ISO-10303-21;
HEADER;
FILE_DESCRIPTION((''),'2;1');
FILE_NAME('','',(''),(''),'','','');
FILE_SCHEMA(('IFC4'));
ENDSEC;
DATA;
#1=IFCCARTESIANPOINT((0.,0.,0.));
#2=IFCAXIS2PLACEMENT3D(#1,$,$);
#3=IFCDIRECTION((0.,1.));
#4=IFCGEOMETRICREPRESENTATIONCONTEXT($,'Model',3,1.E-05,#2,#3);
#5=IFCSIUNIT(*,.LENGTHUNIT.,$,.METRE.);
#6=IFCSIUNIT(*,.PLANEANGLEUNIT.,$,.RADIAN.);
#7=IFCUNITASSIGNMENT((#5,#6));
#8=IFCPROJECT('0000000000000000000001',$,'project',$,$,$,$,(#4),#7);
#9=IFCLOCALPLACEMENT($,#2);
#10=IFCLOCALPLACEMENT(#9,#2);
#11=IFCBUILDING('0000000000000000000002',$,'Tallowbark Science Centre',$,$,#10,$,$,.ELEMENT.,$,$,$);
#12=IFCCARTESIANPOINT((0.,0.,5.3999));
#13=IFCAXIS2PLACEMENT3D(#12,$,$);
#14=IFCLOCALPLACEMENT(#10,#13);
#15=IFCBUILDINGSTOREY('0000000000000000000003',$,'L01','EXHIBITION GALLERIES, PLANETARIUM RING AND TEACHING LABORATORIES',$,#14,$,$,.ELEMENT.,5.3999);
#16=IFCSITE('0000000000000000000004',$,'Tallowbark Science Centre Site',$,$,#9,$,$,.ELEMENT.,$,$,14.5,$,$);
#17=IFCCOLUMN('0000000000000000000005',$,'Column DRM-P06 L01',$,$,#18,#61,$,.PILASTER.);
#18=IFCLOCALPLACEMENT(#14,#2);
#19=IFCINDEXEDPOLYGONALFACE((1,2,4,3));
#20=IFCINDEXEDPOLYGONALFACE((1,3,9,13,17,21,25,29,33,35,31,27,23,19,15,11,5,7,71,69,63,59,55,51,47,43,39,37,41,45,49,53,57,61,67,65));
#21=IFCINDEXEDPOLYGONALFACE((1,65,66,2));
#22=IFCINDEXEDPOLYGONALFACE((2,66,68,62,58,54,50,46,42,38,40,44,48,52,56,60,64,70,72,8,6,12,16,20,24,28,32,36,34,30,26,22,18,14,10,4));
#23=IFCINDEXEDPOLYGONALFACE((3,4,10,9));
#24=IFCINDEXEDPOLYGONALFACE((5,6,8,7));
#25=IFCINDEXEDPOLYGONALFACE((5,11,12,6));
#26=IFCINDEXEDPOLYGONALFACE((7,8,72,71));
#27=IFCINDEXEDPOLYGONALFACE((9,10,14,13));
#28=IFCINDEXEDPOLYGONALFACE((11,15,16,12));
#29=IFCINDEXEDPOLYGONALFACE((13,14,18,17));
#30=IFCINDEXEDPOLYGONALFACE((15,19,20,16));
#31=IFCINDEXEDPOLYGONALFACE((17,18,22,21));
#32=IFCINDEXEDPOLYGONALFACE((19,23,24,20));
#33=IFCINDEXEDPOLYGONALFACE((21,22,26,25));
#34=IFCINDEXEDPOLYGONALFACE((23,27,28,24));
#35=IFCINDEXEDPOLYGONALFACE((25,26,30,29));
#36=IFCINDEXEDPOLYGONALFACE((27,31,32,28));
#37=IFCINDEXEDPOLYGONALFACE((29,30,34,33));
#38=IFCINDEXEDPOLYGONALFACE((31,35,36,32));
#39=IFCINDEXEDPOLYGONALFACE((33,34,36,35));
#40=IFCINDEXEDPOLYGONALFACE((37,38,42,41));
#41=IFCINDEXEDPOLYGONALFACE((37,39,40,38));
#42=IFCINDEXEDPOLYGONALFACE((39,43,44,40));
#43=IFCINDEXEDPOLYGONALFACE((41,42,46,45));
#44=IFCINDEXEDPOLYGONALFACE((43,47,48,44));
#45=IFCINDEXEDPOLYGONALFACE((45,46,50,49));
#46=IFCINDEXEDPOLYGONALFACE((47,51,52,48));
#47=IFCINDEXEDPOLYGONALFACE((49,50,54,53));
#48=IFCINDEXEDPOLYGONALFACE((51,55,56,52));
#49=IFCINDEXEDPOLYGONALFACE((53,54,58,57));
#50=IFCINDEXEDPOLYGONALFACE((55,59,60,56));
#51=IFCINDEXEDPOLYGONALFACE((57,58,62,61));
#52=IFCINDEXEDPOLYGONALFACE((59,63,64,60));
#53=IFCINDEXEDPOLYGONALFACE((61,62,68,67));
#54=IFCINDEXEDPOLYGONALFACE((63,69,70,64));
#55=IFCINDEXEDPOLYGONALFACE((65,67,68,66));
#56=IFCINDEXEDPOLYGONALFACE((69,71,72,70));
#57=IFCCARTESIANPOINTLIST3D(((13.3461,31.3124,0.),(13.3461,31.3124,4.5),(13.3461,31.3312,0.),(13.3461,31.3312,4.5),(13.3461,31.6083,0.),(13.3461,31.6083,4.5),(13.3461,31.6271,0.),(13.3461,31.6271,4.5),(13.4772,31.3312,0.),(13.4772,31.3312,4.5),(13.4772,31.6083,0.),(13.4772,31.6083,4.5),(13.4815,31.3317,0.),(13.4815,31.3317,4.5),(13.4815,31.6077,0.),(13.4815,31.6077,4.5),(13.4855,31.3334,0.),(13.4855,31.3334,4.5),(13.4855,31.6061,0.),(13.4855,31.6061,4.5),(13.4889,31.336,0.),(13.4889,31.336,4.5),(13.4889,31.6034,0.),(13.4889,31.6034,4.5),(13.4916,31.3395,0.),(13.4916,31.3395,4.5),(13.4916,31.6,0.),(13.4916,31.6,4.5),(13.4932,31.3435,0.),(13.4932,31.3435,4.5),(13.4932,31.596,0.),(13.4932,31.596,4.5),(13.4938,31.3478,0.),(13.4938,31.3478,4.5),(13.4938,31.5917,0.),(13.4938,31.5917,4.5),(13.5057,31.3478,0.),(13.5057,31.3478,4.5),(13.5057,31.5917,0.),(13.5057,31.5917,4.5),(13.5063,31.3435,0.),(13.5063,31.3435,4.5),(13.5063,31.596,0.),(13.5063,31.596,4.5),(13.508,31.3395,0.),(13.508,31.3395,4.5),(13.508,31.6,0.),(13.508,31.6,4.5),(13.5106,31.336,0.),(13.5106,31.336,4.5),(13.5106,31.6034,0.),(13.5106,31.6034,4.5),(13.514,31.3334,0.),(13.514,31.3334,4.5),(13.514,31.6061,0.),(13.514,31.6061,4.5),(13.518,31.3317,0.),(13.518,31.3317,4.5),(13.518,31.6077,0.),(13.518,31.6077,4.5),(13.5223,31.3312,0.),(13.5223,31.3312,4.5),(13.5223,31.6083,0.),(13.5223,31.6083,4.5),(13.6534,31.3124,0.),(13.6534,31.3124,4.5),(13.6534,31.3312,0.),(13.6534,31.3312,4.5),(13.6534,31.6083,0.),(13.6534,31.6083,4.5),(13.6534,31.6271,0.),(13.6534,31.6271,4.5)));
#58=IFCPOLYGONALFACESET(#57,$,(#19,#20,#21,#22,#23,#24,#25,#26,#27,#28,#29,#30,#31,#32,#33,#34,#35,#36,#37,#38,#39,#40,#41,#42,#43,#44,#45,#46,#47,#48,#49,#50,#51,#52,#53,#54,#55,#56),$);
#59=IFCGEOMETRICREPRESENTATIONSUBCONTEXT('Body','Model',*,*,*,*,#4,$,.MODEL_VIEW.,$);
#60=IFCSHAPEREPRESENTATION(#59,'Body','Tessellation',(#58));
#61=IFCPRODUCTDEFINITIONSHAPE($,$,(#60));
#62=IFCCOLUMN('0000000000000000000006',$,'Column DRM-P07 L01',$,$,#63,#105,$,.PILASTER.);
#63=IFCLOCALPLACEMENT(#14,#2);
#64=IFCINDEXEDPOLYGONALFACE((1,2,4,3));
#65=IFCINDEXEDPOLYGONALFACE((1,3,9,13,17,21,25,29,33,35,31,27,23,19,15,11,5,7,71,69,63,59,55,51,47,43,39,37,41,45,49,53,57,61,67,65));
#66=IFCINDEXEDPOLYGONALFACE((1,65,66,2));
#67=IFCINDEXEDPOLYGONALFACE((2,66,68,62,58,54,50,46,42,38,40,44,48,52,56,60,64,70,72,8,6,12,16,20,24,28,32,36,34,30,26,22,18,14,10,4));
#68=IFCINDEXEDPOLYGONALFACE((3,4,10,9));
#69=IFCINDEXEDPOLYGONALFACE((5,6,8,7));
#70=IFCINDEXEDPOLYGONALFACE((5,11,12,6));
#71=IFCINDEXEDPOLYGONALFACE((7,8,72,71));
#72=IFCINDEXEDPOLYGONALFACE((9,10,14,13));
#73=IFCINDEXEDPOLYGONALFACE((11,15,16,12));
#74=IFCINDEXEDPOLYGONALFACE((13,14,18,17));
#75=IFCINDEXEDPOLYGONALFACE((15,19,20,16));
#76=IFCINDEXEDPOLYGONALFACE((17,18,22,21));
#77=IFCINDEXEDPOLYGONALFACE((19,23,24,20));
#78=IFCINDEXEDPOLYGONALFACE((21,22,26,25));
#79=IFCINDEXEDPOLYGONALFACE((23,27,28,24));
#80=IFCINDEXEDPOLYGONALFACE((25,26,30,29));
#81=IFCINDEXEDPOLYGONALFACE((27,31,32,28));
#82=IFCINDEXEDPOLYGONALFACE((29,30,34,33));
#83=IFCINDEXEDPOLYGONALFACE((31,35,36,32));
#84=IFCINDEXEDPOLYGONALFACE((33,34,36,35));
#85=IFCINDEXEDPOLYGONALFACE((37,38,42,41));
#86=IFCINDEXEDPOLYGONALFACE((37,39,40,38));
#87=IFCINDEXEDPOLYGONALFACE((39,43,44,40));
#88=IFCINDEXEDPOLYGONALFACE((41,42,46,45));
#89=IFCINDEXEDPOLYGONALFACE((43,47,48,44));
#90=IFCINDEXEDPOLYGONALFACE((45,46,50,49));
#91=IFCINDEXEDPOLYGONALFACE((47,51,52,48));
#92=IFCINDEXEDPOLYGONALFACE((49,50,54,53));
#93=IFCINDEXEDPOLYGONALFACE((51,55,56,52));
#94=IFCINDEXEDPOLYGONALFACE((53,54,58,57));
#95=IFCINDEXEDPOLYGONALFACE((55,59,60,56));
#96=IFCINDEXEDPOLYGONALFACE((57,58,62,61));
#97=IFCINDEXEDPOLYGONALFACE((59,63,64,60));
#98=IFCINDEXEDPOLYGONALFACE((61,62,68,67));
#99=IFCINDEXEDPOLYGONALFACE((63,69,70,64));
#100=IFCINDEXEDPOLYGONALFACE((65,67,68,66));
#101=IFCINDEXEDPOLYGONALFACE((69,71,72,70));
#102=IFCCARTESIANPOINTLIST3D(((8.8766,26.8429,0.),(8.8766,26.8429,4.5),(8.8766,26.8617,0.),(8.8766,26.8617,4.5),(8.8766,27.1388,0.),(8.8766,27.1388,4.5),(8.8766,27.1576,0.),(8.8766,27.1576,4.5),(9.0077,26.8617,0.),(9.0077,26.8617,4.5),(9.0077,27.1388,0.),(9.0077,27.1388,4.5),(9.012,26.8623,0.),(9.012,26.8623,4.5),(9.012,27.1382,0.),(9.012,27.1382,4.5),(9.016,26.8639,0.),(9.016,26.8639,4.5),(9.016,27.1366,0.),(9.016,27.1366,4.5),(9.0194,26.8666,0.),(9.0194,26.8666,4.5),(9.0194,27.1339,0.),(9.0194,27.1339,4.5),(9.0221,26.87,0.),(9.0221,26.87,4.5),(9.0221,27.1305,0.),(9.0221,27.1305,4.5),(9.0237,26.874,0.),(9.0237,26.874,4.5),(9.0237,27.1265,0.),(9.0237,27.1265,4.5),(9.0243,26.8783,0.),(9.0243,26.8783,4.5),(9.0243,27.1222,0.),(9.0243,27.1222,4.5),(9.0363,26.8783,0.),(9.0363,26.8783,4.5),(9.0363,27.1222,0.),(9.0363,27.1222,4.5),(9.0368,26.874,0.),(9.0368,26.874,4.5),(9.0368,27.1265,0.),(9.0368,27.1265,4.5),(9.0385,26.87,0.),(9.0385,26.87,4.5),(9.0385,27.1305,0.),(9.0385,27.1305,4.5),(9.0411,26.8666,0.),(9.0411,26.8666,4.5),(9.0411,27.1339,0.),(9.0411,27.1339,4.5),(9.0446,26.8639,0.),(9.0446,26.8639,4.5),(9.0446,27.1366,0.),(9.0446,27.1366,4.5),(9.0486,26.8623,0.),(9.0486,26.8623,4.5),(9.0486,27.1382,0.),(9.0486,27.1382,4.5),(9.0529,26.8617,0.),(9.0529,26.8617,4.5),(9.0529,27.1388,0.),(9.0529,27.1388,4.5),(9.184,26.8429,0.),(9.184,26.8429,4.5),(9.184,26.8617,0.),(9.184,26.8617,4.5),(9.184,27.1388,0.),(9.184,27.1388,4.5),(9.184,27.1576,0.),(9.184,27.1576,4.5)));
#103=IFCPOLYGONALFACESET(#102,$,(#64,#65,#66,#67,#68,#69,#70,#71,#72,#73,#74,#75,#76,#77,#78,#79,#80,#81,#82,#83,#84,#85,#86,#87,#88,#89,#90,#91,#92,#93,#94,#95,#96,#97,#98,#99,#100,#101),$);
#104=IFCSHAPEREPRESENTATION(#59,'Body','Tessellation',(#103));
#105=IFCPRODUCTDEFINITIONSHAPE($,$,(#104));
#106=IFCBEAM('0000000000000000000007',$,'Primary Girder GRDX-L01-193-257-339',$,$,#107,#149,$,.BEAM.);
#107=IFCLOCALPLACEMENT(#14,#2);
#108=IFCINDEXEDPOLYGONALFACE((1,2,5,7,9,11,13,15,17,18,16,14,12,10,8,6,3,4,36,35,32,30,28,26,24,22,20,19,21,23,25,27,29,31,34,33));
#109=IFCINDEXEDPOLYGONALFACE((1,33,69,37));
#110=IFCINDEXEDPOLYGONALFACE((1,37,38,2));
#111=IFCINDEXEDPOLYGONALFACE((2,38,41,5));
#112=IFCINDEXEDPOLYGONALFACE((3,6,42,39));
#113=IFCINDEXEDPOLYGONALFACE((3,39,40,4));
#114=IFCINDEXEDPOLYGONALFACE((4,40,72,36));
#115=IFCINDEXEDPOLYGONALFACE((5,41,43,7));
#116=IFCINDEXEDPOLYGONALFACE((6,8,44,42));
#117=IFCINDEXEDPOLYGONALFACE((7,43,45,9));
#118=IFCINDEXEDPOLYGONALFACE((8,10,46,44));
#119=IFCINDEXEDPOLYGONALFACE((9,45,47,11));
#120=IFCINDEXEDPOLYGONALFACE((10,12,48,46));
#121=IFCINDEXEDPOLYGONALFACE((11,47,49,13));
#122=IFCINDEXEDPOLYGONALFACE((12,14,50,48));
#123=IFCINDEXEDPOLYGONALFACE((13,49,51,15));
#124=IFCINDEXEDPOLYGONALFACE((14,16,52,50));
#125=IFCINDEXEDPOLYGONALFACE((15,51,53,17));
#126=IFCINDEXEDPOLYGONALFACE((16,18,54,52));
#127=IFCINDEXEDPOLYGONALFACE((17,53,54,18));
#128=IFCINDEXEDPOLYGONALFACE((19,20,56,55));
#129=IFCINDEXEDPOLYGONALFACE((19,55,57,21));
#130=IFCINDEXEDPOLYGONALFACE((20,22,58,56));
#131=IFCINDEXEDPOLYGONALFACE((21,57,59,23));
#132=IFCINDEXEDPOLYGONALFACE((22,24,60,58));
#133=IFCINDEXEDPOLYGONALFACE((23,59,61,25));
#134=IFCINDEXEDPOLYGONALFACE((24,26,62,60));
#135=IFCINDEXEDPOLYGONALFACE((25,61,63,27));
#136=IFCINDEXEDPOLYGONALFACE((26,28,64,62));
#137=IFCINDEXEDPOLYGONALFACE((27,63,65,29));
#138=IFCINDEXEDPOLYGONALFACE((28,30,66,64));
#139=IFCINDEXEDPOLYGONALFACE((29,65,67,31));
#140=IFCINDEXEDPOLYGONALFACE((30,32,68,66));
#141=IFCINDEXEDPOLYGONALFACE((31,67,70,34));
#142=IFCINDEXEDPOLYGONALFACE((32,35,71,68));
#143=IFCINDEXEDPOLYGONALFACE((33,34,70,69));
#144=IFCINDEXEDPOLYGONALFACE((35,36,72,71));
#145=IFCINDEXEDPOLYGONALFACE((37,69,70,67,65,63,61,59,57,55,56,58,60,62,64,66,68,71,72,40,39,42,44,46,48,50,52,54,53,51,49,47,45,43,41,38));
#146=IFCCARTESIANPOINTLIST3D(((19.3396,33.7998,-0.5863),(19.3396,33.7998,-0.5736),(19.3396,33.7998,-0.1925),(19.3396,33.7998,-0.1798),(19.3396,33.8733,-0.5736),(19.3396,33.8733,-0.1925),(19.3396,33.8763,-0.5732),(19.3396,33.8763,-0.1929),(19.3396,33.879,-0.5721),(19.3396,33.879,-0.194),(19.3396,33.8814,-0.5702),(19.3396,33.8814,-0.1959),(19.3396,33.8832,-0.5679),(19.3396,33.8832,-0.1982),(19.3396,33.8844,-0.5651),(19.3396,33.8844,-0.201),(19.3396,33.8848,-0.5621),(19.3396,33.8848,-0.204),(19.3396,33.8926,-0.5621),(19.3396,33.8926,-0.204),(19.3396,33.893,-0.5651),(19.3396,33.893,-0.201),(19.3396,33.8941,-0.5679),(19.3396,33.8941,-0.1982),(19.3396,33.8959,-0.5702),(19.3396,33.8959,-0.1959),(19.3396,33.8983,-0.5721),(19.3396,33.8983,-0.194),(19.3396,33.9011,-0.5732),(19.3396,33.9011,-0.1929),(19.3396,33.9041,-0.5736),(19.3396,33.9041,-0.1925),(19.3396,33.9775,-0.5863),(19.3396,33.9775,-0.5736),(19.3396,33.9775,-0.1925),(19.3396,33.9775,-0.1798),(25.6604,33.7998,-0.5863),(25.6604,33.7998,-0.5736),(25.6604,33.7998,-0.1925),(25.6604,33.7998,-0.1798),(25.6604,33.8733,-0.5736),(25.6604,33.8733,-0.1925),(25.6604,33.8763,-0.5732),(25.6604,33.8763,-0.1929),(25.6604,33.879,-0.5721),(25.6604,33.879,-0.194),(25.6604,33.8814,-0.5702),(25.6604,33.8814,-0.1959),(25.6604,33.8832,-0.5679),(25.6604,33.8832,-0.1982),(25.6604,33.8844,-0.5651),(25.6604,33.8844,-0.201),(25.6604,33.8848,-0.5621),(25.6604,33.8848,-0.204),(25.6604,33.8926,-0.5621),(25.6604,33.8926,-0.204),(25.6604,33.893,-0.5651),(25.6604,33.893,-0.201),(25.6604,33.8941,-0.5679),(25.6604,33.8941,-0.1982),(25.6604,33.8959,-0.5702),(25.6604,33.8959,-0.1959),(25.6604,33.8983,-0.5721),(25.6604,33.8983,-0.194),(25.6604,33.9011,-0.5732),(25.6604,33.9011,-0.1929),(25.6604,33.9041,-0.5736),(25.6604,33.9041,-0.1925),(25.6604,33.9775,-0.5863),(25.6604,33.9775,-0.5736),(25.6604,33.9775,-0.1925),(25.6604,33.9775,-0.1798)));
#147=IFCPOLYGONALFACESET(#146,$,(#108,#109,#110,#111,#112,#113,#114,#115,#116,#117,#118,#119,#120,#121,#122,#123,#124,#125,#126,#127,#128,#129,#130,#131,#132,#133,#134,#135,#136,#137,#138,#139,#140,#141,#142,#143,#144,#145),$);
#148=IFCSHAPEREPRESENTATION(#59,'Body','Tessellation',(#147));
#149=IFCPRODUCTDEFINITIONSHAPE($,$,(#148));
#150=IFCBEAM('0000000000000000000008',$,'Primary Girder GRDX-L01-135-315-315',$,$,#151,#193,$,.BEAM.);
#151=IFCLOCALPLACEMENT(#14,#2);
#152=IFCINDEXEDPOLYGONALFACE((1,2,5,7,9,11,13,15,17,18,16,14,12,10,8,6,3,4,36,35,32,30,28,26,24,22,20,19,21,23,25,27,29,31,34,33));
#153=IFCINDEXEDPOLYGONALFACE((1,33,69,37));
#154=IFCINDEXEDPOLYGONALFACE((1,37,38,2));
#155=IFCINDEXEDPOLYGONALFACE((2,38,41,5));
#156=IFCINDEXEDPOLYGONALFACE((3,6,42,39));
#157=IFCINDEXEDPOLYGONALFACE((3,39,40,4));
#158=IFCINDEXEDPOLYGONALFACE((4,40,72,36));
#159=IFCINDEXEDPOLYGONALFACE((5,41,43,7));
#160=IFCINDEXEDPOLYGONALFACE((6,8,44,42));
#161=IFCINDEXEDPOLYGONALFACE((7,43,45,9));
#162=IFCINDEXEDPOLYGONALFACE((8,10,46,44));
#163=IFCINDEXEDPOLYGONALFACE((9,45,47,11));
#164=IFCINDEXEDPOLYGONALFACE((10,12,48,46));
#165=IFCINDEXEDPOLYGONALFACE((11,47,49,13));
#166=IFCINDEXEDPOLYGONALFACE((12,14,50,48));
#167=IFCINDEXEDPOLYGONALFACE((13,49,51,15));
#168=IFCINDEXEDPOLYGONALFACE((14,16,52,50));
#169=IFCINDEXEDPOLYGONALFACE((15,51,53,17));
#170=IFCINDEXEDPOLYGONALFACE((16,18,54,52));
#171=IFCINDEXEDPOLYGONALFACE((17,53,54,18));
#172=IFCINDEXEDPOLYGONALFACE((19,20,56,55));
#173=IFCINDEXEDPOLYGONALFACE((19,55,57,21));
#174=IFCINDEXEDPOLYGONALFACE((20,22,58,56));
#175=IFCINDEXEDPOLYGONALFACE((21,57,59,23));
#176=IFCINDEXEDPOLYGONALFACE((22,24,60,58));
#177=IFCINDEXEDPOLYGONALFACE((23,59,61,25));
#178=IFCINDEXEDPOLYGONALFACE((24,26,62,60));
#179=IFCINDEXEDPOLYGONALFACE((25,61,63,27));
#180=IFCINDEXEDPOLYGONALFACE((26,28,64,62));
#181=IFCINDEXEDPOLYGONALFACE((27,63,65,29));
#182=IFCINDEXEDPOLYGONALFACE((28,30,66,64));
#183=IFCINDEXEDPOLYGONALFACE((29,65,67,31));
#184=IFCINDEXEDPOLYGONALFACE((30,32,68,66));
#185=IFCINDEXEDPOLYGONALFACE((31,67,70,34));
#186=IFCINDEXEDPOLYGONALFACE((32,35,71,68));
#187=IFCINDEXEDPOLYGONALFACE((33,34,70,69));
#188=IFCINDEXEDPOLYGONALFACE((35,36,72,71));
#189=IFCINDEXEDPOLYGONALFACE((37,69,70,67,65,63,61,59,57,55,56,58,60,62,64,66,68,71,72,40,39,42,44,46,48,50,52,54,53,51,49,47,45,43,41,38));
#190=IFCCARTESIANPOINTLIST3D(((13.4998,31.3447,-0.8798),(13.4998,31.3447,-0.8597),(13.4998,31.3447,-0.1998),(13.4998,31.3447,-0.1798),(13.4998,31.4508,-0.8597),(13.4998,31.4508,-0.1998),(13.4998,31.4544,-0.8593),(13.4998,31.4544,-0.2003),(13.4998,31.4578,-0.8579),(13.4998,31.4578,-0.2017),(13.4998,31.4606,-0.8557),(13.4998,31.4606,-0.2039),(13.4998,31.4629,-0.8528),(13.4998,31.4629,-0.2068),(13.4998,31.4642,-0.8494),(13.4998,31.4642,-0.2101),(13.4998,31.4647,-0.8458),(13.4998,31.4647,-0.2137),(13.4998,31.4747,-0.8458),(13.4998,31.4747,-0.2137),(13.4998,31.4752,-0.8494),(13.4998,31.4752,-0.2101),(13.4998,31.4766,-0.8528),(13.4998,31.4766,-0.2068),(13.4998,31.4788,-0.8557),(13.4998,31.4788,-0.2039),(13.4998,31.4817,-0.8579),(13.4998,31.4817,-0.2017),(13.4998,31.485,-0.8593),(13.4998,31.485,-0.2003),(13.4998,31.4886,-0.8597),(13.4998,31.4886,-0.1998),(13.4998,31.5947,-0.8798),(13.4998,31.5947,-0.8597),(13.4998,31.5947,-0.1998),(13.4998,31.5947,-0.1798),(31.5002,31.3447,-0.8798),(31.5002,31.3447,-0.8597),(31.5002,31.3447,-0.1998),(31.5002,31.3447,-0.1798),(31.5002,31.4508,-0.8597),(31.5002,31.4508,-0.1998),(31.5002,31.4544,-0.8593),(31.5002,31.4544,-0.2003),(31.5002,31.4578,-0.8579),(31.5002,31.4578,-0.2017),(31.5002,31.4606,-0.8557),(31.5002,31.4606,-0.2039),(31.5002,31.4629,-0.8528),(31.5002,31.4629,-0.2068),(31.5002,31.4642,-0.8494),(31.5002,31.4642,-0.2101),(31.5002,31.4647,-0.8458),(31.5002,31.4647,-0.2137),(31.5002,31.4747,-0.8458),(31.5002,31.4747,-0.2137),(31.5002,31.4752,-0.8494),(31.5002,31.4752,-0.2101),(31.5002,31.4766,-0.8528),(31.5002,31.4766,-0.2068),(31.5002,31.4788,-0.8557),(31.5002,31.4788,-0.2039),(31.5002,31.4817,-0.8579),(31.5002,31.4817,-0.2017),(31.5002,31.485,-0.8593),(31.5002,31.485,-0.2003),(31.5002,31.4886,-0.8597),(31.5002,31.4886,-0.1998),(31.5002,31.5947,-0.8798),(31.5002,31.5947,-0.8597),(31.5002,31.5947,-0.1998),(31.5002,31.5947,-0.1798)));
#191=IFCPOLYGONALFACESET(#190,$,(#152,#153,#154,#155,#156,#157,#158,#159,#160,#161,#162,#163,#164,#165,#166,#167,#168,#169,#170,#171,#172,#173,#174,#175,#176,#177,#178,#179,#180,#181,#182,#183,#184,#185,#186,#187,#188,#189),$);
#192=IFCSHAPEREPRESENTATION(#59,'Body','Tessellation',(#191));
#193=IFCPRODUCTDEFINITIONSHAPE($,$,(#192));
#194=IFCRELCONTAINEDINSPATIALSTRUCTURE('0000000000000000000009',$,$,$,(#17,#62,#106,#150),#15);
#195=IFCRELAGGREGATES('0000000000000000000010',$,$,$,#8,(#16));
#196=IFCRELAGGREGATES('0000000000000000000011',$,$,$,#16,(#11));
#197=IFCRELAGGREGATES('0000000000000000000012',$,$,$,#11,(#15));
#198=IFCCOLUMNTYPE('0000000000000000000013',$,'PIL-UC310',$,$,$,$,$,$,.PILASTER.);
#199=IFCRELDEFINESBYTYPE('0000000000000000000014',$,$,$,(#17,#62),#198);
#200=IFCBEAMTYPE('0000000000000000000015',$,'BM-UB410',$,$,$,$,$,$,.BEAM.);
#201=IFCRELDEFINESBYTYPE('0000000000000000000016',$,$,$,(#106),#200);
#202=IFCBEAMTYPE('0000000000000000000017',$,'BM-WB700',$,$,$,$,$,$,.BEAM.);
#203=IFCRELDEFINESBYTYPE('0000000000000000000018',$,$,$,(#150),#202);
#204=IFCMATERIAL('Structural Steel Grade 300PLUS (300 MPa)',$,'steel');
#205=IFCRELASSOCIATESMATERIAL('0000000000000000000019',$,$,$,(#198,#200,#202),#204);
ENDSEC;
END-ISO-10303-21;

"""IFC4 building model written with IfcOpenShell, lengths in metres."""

from ifc_helpers import new_model, si_unit, direction, frame, origin, origin_2d, place, context, subcontext, project, spatial, i_section, extrude, material, material_profile, profile_set, type_object, element, save


model = new_model("IFC4")

# Units and contexts
model_context = context("Model", 3, precision=1e-05, world=origin(), true_north=direction((0.0, 1.0)))
body_context = subcontext(model_context, "Body", "Model", "MODEL_VIEW")
ifc_project = project(units=[si_unit("LENGTHUNIT", "METRE"), si_unit("PLANEANGLEUNIT", "RADIAN")], contexts=[model_context])

# Site, building, storey
site_placement = place(None, origin())
site = spatial("IfcSite", under=ifc_project, at=site_placement, Name="Tallowbark Science Centre Site", CompositionType="ELEMENT", RefElevation=14.5)
building_placement = place(site_placement, origin())
building = spatial("IfcBuilding", under=site, at=building_placement, Name="Tallowbark Science Centre", CompositionType="ELEMENT")
storey_placement = place(building_placement, frame((0.0, 0.0, 5.3999)))
storey = spatial("IfcBuildingStorey", under=building, at=storey_placement, Name="L01", Description="EXHIBITION GALLERIES, PLANETARIUM RING AND TEACHING LABORATORIES", CompositionType="ELEMENT", Elevation=5.3999)

# Columns
ifc_material_1 = material(Name="Structural Steel Grade 300PLUS (300 MPa)", Category="steel")
ifc_material_profile_1 = material_profile(ifc_material_1, i_section(OverallWidth=0.3074, OverallDepth=0.3147, WebThickness=0.012, FlangeThickness=0.0188, FilletRadius=0.0166, at=origin_2d()), Name="310UC118")
ifc_profile_set_1 = profile_set([ifc_material_profile_1], Name="Structural Steel Grade 300PLUS (300 MPa)")
column_type_1 = type_object("IfcColumnType", Name="PIL-UC310", PredefinedType="PILASTER", material=ifc_profile_set_1)
for number, where, z_axis, x_axis, name in (
    (1, (13.4998, 31.4697, 0.0), (0.0, 0.0, 1.0), (1.0, 0.0, 0.0), "Column DRM-P06 L01"),
    (2, (9.0303, 27.0002, 0.0), (0.0, 0.0, 1.0), (1.0, 0.0, 0.0), "Column DRM-P07 L01"),
):
    element("IfcColumn", number, at=place(storey_placement, frame(where, z_axis=z_axis, x_axis=x_axis)), inside=storey, type_object=column_type_1, Name=name, PredefinedType="PILASTER", context=body_context, shape_type="SweptSolid", body=[
        extrude(i_section(OverallWidth=0.3074, OverallDepth=0.3147, WebThickness=0.012, FlangeThickness=0.0188, FilletRadius=0.0166, at=origin_2d()), origin(), (0.0, 0.0, 1.0), 4.5),
    ])

# Beams
ifc_material_profile_2 = material_profile(ifc_material_1, i_section(OverallWidth=0.1777, OverallDepth=0.4065, WebThickness=0.0078, FlangeThickness=0.0127, FilletRadius=0.0115, at=origin_2d()), Name="410UB59.7")
ifc_profile_set_2 = profile_set([ifc_material_profile_2], Name="Structural Steel Grade 300PLUS (300 MPa)")
beam_type_1 = type_object("IfcBeamType", Name="BM-UB410", PredefinedType="BEAM", material=ifc_profile_set_2)
beam_1_placement = place(storey_placement, frame((19.3396, 33.8887, -0.3831), z_axis=(1.0, 0.0, 0.0), x_axis=(0.0, 1.0, 0.0)))
element("IfcBeam", 3, at=beam_1_placement, inside=storey, type_object=beam_type_1, Name="Primary Girder GRDX-L01-193-257-339", PredefinedType="BEAM", context=body_context, shape_type="SweptSolid", body=[
    extrude(i_section(OverallWidth=0.1777, OverallDepth=0.4065, WebThickness=0.0078, FlangeThickness=0.0127, FilletRadius=0.0115, at=origin_2d()), origin(), (0.0, 0.0, 1.0), 6.3208),
])
ifc_material_profile_3 = material_profile(ifc_material_1, i_section(OverallWidth=0.25, OverallDepth=0.7, WebThickness=0.01, FlangeThickness=0.02, FilletRadius=0.0139, at=origin_2d()), Name="700WB130")
ifc_profile_set_3 = profile_set([ifc_material_profile_3], Name="Structural Steel Grade 300PLUS (300 MPa)")
beam_type_2 = type_object("IfcBeamType", Name="BM-WB700", PredefinedType="BEAM", material=ifc_profile_set_3)
beam_2_placement = place(storey_placement, frame((13.4998, 31.4697, -0.5298), z_axis=(1.0, 0.0, 0.0), x_axis=(0.0, 1.0, 0.0)))
element("IfcBeam", 4, at=beam_2_placement, inside=storey, type_object=beam_type_2, Name="Primary Girder GRDX-L01-135-315-315", PredefinedType="BEAM", context=body_context, shape_type="SweptSolid", body=[
    extrude(i_section(OverallWidth=0.25, OverallDepth=0.7, WebThickness=0.01, FlangeThickness=0.02, FilletRadius=0.0139, at=origin_2d()), origin(), (0.0, 0.0, 1.0), 18.0005),
])

save(model, "model.ifc")
